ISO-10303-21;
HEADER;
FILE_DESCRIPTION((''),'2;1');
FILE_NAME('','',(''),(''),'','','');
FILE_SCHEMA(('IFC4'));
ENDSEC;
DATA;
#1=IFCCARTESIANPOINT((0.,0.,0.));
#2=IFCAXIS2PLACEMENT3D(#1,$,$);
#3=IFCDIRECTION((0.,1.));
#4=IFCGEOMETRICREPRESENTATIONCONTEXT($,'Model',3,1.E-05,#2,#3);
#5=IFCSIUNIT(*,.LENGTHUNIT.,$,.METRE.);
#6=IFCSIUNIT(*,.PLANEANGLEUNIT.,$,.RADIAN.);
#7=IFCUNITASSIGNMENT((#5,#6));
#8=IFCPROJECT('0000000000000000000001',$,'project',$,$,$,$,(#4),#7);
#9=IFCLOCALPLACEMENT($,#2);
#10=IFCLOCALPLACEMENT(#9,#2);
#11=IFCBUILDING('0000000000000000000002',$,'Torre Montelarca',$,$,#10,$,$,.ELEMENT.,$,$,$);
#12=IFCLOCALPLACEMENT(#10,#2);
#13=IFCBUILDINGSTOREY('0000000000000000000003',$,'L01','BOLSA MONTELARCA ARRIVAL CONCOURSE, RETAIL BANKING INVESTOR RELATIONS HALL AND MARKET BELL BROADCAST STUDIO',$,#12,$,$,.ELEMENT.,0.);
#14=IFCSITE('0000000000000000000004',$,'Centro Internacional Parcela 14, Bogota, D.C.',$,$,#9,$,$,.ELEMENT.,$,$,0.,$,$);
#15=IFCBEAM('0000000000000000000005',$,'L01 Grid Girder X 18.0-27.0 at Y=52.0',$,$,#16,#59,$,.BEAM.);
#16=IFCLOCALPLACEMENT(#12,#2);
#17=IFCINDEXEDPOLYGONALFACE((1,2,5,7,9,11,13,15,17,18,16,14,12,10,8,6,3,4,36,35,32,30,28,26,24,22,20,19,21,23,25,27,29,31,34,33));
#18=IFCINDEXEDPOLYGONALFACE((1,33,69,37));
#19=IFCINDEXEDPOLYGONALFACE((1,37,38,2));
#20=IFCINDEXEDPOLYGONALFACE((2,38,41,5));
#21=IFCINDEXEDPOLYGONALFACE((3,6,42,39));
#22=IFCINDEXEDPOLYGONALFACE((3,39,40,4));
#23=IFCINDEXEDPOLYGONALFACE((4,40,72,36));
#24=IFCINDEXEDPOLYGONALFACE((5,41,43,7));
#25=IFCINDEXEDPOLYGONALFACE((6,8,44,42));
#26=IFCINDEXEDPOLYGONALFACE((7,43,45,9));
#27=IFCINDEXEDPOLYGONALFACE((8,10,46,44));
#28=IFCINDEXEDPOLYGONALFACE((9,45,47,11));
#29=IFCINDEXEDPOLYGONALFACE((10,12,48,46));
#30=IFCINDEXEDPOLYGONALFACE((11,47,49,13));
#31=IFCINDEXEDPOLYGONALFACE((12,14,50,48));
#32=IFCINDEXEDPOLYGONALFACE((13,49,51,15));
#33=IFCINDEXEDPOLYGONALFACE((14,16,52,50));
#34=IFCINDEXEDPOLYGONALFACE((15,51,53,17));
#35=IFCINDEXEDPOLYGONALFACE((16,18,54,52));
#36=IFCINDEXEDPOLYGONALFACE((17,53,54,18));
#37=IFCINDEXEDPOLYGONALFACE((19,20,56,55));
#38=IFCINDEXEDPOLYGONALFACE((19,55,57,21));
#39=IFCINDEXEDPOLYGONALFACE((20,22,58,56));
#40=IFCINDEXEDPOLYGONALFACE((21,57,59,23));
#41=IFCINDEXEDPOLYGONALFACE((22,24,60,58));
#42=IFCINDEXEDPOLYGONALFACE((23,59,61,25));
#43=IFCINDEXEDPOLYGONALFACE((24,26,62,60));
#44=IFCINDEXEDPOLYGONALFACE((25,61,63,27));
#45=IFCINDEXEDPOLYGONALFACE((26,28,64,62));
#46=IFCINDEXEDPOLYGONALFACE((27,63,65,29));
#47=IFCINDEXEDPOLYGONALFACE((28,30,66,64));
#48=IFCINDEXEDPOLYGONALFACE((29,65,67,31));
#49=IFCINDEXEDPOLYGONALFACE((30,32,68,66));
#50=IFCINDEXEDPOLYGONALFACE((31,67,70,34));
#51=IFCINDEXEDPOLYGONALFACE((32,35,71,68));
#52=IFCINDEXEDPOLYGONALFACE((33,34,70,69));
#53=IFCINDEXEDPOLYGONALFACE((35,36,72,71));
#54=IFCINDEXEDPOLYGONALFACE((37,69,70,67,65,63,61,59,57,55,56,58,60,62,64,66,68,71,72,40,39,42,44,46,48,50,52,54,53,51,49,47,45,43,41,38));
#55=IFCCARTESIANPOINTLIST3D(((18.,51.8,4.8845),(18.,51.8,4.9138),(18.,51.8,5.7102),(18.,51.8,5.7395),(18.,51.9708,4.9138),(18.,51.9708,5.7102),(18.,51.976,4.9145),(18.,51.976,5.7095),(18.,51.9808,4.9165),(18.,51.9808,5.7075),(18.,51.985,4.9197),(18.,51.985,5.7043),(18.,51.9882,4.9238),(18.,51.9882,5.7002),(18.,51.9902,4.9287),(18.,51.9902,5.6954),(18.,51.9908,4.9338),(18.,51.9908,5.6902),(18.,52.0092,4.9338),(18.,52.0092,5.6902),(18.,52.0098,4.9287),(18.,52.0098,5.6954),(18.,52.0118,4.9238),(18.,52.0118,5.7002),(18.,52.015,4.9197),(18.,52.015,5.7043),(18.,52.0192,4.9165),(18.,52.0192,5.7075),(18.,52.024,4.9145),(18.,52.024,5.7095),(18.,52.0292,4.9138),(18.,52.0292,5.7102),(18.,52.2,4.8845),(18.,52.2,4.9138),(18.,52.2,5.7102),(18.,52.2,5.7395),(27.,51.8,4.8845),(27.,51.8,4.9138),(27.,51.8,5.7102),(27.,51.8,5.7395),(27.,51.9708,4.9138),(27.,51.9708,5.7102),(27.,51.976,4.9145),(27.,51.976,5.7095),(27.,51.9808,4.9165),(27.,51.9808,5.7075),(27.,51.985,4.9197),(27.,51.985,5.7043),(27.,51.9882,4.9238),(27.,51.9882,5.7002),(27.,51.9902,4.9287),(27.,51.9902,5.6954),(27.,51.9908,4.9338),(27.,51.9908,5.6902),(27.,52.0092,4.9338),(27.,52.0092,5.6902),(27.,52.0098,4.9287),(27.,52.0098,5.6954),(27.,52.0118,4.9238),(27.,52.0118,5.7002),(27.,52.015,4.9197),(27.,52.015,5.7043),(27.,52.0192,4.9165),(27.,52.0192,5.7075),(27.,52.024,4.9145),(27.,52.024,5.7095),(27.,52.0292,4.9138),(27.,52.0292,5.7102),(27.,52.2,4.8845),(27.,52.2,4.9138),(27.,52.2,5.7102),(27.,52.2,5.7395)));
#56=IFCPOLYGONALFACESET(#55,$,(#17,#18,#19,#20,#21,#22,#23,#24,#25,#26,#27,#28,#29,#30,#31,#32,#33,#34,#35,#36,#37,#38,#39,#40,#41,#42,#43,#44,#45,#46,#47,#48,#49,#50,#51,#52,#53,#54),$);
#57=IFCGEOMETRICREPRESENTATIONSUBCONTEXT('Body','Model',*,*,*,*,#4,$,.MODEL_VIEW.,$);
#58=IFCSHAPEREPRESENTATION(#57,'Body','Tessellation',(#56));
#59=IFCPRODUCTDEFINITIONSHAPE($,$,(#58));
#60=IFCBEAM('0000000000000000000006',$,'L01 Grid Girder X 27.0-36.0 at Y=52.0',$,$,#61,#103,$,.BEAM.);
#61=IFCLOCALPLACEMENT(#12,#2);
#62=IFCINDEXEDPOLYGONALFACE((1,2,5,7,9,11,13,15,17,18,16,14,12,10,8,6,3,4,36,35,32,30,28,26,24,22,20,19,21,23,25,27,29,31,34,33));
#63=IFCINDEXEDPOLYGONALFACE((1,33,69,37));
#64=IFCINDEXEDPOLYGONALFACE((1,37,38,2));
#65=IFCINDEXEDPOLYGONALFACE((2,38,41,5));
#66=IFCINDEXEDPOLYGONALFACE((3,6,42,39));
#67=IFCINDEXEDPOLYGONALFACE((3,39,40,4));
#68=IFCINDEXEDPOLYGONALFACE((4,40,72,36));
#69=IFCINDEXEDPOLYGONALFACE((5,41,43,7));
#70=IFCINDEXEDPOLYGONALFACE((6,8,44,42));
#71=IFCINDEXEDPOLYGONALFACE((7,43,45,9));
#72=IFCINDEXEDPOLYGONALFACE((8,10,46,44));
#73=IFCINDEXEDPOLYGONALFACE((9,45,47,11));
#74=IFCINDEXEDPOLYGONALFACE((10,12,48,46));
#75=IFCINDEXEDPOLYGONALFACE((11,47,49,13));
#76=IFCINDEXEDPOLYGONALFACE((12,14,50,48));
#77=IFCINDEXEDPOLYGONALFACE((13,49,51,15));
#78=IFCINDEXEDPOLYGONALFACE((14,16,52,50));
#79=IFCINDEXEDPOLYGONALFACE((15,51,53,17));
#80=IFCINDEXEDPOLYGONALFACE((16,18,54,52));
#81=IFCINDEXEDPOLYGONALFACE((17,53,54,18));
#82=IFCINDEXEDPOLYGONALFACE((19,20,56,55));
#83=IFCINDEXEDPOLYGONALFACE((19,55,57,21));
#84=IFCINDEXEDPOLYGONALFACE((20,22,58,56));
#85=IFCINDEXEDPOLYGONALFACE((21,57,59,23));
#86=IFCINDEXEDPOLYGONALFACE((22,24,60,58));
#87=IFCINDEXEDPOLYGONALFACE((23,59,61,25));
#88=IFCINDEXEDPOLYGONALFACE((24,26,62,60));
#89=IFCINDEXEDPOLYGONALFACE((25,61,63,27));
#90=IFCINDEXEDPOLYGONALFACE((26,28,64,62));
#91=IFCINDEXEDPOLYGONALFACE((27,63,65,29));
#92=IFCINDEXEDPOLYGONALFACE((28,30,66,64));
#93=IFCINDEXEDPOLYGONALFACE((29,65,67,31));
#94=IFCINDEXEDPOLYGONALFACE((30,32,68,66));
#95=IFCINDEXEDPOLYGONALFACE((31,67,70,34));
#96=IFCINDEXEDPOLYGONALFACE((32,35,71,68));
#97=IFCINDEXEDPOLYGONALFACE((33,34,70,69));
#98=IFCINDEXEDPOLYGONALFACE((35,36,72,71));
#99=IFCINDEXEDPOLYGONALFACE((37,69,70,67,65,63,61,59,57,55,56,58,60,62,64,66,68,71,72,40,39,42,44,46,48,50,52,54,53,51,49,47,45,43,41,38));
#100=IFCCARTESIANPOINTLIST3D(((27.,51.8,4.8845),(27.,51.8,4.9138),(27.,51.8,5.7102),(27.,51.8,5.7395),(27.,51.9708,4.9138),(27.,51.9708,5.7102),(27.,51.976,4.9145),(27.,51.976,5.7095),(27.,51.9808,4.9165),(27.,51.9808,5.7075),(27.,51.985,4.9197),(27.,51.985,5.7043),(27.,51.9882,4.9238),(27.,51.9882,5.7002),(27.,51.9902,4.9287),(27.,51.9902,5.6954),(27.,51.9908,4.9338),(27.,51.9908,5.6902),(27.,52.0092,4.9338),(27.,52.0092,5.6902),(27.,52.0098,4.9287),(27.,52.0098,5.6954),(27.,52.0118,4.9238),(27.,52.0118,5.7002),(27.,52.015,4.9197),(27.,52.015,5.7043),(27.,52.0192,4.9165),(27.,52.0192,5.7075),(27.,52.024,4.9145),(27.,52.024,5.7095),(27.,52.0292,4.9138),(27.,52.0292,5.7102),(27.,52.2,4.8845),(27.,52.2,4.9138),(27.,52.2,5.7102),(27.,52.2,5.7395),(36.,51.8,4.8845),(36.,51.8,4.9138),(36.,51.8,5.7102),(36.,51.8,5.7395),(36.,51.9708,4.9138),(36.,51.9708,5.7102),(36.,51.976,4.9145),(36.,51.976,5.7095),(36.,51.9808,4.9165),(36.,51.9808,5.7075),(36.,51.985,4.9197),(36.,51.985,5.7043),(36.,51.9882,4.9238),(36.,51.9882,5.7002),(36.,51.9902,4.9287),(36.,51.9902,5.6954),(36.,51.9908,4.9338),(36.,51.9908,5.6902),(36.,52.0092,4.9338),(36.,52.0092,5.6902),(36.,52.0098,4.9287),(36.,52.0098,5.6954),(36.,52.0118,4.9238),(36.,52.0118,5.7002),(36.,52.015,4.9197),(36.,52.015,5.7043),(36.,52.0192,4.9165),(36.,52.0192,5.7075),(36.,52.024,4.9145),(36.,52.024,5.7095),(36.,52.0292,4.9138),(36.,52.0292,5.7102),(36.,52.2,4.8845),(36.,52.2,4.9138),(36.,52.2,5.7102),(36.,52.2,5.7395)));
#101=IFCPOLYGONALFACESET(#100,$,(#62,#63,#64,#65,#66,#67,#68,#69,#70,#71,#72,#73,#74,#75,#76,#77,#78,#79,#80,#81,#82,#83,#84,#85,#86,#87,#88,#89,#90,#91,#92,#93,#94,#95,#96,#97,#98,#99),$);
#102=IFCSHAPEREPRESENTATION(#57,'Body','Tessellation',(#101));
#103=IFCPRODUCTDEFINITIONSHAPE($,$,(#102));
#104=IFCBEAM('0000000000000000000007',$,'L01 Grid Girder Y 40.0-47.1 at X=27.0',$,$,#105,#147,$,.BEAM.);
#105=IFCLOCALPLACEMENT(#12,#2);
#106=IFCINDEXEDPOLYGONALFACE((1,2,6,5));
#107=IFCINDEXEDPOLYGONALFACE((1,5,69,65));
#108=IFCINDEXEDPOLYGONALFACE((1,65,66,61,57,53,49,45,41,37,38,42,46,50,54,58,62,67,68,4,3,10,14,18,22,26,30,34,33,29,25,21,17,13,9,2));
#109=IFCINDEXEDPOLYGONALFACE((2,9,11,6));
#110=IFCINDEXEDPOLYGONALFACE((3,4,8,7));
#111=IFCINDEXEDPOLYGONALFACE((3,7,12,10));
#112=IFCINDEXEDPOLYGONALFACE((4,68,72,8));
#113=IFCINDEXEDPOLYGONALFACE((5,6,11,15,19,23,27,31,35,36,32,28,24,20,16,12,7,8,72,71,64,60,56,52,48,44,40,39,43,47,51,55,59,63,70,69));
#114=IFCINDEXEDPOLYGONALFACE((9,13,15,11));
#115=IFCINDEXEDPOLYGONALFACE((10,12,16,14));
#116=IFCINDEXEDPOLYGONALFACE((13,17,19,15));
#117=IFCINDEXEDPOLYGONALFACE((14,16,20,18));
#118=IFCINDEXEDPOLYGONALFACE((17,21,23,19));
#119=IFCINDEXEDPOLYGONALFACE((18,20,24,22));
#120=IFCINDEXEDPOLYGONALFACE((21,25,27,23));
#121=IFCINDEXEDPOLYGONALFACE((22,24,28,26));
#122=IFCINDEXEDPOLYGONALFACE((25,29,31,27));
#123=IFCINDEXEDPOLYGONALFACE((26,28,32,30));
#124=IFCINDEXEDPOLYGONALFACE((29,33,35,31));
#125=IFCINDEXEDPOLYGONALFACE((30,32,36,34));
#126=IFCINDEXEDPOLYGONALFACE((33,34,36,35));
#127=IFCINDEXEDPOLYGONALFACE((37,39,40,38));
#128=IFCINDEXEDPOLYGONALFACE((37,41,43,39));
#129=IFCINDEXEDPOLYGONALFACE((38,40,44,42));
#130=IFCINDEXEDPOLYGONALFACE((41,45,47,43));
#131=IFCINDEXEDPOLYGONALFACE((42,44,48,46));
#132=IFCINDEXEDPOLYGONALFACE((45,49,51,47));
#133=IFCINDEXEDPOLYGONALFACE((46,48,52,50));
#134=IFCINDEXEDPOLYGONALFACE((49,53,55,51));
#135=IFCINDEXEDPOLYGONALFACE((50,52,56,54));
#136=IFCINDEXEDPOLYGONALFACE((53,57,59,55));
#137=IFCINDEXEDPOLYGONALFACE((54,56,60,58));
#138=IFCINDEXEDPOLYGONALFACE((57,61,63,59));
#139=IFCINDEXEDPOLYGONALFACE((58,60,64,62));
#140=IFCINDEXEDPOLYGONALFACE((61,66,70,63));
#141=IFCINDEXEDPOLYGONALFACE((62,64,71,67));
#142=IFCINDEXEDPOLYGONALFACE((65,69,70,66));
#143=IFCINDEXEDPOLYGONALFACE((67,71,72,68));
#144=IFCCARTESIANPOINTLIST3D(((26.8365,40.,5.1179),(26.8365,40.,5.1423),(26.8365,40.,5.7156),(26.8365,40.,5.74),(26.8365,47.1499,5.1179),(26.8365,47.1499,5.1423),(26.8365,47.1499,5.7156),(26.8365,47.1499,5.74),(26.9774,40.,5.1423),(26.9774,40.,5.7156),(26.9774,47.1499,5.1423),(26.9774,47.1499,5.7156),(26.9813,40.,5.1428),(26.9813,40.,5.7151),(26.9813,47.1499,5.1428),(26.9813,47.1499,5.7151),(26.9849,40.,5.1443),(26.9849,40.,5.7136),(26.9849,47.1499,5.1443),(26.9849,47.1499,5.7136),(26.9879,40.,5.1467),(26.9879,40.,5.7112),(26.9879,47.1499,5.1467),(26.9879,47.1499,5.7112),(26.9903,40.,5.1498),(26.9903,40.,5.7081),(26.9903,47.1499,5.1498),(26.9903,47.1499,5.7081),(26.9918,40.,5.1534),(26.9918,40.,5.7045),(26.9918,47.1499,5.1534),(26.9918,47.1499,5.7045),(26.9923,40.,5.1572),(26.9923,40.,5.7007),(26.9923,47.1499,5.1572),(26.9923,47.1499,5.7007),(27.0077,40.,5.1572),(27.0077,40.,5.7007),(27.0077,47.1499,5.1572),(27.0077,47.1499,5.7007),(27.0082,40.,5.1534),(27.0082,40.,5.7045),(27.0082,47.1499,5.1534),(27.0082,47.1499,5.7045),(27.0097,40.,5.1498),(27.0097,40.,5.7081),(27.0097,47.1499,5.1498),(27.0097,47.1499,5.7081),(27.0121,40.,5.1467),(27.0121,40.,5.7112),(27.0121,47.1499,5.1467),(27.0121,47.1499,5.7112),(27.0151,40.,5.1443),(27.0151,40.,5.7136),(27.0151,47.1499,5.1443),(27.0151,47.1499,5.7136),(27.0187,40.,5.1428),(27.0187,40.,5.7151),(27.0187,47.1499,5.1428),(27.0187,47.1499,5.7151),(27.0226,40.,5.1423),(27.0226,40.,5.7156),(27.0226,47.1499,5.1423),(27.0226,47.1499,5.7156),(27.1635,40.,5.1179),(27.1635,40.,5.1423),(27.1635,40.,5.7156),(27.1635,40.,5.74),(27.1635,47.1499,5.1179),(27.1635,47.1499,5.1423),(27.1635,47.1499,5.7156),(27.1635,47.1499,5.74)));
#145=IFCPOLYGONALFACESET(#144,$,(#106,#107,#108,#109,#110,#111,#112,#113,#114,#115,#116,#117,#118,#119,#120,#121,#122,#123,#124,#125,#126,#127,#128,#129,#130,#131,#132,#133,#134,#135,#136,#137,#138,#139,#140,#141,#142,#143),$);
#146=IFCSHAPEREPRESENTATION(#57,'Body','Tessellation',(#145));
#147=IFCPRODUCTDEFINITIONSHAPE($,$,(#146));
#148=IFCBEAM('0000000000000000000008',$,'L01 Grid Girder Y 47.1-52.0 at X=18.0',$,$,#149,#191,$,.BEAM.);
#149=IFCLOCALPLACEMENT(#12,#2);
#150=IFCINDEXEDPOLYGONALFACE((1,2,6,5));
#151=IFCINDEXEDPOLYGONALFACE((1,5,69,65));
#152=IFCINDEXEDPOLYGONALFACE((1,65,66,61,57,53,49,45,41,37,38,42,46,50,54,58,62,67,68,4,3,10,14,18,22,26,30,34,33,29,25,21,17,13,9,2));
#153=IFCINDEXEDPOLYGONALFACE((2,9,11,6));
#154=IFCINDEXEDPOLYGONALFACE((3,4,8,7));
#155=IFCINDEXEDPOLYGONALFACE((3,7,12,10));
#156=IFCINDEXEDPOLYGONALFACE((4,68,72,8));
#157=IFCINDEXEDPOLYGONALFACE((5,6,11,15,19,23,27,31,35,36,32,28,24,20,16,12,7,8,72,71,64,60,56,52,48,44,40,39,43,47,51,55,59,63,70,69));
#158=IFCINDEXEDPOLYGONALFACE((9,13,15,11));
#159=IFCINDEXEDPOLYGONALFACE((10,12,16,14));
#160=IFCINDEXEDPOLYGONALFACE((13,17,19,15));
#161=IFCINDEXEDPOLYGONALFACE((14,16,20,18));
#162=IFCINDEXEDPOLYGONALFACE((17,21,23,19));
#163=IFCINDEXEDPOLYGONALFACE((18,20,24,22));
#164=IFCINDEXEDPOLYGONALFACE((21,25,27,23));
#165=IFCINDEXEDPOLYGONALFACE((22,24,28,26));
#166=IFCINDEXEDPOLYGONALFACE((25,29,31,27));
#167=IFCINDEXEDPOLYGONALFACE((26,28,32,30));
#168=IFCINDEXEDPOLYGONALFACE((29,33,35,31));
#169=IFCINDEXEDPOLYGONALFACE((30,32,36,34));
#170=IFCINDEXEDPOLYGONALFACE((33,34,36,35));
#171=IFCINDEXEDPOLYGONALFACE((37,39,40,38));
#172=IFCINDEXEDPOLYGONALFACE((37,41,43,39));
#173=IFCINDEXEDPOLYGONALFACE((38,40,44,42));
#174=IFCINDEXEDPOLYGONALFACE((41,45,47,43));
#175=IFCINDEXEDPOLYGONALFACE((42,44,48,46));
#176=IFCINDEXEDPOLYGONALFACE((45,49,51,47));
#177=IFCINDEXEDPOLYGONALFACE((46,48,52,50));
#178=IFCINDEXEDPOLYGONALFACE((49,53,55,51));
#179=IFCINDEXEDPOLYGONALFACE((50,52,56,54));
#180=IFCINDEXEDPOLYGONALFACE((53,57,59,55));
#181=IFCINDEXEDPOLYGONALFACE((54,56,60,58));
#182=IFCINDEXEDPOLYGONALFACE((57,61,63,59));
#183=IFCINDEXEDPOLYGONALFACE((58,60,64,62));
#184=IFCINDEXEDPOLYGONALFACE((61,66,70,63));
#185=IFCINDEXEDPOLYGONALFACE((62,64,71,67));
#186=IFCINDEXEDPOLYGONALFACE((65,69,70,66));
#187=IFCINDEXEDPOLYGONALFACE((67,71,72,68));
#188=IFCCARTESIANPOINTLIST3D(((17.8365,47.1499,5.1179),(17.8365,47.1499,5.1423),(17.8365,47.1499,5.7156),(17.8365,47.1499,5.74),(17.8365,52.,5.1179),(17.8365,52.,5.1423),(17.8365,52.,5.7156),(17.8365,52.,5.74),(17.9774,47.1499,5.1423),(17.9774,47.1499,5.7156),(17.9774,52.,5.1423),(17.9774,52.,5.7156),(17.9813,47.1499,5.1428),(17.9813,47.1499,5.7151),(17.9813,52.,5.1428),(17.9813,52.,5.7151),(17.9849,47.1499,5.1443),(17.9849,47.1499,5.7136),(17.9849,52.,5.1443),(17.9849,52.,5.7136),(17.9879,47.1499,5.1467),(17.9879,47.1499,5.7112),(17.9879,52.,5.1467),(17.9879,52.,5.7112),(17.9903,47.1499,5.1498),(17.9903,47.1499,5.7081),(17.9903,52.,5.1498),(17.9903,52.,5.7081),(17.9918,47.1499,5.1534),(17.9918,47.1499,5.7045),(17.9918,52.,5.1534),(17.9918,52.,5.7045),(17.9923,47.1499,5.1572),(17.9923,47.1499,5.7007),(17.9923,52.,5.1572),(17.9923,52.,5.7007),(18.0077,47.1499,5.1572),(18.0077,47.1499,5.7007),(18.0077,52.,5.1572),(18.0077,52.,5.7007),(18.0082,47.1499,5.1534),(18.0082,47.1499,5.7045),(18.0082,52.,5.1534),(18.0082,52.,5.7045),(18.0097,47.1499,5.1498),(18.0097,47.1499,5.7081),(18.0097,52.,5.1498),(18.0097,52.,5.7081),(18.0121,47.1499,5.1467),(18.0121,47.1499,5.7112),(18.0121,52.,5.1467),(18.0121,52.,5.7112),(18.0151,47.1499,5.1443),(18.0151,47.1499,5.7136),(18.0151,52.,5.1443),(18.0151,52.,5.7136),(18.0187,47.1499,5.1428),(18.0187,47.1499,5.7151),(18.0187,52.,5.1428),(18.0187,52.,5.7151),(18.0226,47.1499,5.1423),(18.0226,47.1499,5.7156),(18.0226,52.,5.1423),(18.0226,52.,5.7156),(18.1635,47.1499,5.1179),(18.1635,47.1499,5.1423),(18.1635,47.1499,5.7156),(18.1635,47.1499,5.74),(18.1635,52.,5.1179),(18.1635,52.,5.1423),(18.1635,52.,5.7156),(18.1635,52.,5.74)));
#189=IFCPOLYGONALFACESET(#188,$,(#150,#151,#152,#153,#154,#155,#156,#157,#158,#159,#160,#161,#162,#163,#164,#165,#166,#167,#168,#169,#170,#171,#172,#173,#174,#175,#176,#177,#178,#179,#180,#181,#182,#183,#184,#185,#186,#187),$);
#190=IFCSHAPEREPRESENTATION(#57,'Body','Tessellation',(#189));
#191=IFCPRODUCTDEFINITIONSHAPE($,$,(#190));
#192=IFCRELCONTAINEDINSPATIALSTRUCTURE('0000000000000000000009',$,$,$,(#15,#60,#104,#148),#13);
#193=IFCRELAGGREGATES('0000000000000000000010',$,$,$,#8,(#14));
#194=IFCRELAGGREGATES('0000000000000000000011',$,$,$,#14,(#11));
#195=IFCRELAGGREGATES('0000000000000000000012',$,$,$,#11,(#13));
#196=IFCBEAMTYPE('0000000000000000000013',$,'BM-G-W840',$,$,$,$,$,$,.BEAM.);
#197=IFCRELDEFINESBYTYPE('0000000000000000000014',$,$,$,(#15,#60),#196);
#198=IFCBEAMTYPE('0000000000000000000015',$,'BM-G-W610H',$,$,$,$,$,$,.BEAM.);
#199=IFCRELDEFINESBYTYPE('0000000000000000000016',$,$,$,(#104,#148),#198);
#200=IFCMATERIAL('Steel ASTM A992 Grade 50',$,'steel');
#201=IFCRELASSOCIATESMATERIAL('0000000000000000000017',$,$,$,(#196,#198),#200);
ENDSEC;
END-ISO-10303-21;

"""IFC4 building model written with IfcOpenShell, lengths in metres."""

from ifc_helpers import new_model, si_unit, direction, frame, origin, origin_2d, place, context, subcontext, project, spatial, i_section, extrude, source, transform, mapped, material, material_profile, profile_set, type_object, element, save


model = new_model("IFC4")

# Units and contexts
model_context = context("Model", 3, precision=1e-05, world=origin(), true_north=direction((0.0, 1.0)))
body_context = subcontext(model_context, "Body", "Model", "MODEL_VIEW")
ifc_project = project(units=[si_unit("LENGTHUNIT", "METRE"), si_unit("PLANEANGLEUNIT", "RADIAN")], contexts=[model_context])

# Site, building, storey
site_placement = place(None, origin())
site = spatial("IfcSite", under=ifc_project, at=site_placement, Name="Centro Internacional Parcela 14, Bogota, D.C.", CompositionType="ELEMENT", RefElevation=0.0)
building_placement = place(site_placement, origin())
building = spatial("IfcBuilding", under=site, at=building_placement, Name="Torre Montelarca", CompositionType="ELEMENT")
storey_placement = place(building_placement, origin())
storey = spatial("IfcBuildingStorey", under=building, at=storey_placement, Name="L01", Description="BOLSA MONTELARCA ARRIVAL CONCOURSE, RETAIL BANKING INVESTOR RELATIONS HALL AND MARKET BELL BROADCAST STUDIO", CompositionType="ELEMENT", Elevation=0.0)

# Beams
ifc_material_1 = material(Name="Steel ASTM A992 Grade 50", Category="steel")
ifc_material_profile_1 = material_profile(ifc_material_1, i_section(OverallWidth=0.3999, OverallDepth=0.855, WebThickness=0.0183, FlangeThickness=0.0293, FilletRadius=0.02, at=origin_2d()), Name="W840X299", Category="steel")
ifc_profile_set_1 = profile_set([ifc_material_profile_1], Name="Steel ASTM A992 Grade 50")
beam_type_1 = type_object("IfcBeamType", Name="BM-G-W840", PredefinedType="BEAM", material=ifc_profile_set_1)
shared_shape_1 = source(origin(), body_context, "Body", "SweptSolid", [
    extrude(i_section(OverallWidth=0.3999, OverallDepth=0.855, WebThickness=0.0183, FlangeThickness=0.0293, FilletRadius=0.02, at=origin_2d()), origin(), (0.0, 0.0, 1.0), 9.0),
])
for number, where, z_axis, x_axis, name in (
    (1, (18.0, 52.0, 5.312), (1.0, 0.0, 0.0), (0.0, 1.0, 0.0), "L01 Grid Girder X 18.0-27.0 at Y=52.0"),
    (2, (27.0, 52.0, 5.312), (1.0, 0.0, 0.0), (0.0, 1.0, 0.0), "L01 Grid Girder X 27.0-36.0 at Y=52.0"),
):
    element("IfcBeam", number, at=place(storey_placement, frame(where, z_axis=z_axis, x_axis=x_axis)), inside=storey, type_object=beam_type_1, Name=name, PredefinedType="BEAM", context=body_context, shape_type="MappedRepresentation", body=[
        mapped(shared_shape_1, transform((0.0, 0.0, 0.0), scale=1.0)),
    ])
ifc_material_profile_2 = material_profile(ifc_material_1, i_section(OverallWidth=0.3269, OverallDepth=0.6221, WebThickness=0.0154, FlangeThickness=0.0244, FilletRadius=0.0149, at=origin_2d()), Name="W610X195", Category="steel")
ifc_profile_set_2 = profile_set([ifc_material_profile_2], Name="Steel ASTM A992 Grade 50")
beam_type_2 = type_object("IfcBeamType", Name="BM-G-W610H", PredefinedType="BEAM", material=ifc_profile_set_2)
shared_shape_2 = source(origin(), body_context, "Body", "SweptSolid", [
    extrude(i_section(OverallWidth=0.3269, OverallDepth=0.6221, WebThickness=0.0154, FlangeThickness=0.0244, FilletRadius=0.0149, at=origin_2d()), origin(), (0.0, 0.0, 1.0), 7.1499),
])
beam_1_placement = place(storey_placement, frame((27.0, 40.0, 5.429), z_axis=(0.0, 1.0, 0.0), x_axis=(-1.0, 0.0, 0.0)))
element("IfcBeam", 3, at=beam_1_placement, inside=storey, type_object=beam_type_2, Name="L01 Grid Girder Y 40.0-47.1 at X=27.0", PredefinedType="BEAM", context=body_context, shape_type="MappedRepresentation", body=[
    mapped(shared_shape_2, transform((0.0, 0.0, 0.0), scale=1.0)),
])
shared_shape_3 = source(origin(), body_context, "Body", "SweptSolid", [
    extrude(i_section(OverallWidth=0.3269, OverallDepth=0.6221, WebThickness=0.0154, FlangeThickness=0.0244, FilletRadius=0.0149, at=origin_2d()), origin(), (0.0, 0.0, 1.0), 4.8501),
])
for number, where, z_axis, x_axis, name in (
    (4, (18.0, 47.1499, 5.429), (0.0, 1.0, 0.0), (-1.0, 0.0, 0.0), "L01 Grid Girder Y 47.1-52.0 at X=18.0"),
):
    element("IfcBeam", number, at=place(storey_placement, frame(where, z_axis=z_axis, x_axis=x_axis)), inside=storey, type_object=beam_type_2, Name=name, PredefinedType="BEAM", context=body_context, shape_type="MappedRepresentation", body=[
        mapped(shared_shape_3, transform((0.0, 0.0, 0.0), scale=1.0)),
    ])

save(model, "model.ifc")
